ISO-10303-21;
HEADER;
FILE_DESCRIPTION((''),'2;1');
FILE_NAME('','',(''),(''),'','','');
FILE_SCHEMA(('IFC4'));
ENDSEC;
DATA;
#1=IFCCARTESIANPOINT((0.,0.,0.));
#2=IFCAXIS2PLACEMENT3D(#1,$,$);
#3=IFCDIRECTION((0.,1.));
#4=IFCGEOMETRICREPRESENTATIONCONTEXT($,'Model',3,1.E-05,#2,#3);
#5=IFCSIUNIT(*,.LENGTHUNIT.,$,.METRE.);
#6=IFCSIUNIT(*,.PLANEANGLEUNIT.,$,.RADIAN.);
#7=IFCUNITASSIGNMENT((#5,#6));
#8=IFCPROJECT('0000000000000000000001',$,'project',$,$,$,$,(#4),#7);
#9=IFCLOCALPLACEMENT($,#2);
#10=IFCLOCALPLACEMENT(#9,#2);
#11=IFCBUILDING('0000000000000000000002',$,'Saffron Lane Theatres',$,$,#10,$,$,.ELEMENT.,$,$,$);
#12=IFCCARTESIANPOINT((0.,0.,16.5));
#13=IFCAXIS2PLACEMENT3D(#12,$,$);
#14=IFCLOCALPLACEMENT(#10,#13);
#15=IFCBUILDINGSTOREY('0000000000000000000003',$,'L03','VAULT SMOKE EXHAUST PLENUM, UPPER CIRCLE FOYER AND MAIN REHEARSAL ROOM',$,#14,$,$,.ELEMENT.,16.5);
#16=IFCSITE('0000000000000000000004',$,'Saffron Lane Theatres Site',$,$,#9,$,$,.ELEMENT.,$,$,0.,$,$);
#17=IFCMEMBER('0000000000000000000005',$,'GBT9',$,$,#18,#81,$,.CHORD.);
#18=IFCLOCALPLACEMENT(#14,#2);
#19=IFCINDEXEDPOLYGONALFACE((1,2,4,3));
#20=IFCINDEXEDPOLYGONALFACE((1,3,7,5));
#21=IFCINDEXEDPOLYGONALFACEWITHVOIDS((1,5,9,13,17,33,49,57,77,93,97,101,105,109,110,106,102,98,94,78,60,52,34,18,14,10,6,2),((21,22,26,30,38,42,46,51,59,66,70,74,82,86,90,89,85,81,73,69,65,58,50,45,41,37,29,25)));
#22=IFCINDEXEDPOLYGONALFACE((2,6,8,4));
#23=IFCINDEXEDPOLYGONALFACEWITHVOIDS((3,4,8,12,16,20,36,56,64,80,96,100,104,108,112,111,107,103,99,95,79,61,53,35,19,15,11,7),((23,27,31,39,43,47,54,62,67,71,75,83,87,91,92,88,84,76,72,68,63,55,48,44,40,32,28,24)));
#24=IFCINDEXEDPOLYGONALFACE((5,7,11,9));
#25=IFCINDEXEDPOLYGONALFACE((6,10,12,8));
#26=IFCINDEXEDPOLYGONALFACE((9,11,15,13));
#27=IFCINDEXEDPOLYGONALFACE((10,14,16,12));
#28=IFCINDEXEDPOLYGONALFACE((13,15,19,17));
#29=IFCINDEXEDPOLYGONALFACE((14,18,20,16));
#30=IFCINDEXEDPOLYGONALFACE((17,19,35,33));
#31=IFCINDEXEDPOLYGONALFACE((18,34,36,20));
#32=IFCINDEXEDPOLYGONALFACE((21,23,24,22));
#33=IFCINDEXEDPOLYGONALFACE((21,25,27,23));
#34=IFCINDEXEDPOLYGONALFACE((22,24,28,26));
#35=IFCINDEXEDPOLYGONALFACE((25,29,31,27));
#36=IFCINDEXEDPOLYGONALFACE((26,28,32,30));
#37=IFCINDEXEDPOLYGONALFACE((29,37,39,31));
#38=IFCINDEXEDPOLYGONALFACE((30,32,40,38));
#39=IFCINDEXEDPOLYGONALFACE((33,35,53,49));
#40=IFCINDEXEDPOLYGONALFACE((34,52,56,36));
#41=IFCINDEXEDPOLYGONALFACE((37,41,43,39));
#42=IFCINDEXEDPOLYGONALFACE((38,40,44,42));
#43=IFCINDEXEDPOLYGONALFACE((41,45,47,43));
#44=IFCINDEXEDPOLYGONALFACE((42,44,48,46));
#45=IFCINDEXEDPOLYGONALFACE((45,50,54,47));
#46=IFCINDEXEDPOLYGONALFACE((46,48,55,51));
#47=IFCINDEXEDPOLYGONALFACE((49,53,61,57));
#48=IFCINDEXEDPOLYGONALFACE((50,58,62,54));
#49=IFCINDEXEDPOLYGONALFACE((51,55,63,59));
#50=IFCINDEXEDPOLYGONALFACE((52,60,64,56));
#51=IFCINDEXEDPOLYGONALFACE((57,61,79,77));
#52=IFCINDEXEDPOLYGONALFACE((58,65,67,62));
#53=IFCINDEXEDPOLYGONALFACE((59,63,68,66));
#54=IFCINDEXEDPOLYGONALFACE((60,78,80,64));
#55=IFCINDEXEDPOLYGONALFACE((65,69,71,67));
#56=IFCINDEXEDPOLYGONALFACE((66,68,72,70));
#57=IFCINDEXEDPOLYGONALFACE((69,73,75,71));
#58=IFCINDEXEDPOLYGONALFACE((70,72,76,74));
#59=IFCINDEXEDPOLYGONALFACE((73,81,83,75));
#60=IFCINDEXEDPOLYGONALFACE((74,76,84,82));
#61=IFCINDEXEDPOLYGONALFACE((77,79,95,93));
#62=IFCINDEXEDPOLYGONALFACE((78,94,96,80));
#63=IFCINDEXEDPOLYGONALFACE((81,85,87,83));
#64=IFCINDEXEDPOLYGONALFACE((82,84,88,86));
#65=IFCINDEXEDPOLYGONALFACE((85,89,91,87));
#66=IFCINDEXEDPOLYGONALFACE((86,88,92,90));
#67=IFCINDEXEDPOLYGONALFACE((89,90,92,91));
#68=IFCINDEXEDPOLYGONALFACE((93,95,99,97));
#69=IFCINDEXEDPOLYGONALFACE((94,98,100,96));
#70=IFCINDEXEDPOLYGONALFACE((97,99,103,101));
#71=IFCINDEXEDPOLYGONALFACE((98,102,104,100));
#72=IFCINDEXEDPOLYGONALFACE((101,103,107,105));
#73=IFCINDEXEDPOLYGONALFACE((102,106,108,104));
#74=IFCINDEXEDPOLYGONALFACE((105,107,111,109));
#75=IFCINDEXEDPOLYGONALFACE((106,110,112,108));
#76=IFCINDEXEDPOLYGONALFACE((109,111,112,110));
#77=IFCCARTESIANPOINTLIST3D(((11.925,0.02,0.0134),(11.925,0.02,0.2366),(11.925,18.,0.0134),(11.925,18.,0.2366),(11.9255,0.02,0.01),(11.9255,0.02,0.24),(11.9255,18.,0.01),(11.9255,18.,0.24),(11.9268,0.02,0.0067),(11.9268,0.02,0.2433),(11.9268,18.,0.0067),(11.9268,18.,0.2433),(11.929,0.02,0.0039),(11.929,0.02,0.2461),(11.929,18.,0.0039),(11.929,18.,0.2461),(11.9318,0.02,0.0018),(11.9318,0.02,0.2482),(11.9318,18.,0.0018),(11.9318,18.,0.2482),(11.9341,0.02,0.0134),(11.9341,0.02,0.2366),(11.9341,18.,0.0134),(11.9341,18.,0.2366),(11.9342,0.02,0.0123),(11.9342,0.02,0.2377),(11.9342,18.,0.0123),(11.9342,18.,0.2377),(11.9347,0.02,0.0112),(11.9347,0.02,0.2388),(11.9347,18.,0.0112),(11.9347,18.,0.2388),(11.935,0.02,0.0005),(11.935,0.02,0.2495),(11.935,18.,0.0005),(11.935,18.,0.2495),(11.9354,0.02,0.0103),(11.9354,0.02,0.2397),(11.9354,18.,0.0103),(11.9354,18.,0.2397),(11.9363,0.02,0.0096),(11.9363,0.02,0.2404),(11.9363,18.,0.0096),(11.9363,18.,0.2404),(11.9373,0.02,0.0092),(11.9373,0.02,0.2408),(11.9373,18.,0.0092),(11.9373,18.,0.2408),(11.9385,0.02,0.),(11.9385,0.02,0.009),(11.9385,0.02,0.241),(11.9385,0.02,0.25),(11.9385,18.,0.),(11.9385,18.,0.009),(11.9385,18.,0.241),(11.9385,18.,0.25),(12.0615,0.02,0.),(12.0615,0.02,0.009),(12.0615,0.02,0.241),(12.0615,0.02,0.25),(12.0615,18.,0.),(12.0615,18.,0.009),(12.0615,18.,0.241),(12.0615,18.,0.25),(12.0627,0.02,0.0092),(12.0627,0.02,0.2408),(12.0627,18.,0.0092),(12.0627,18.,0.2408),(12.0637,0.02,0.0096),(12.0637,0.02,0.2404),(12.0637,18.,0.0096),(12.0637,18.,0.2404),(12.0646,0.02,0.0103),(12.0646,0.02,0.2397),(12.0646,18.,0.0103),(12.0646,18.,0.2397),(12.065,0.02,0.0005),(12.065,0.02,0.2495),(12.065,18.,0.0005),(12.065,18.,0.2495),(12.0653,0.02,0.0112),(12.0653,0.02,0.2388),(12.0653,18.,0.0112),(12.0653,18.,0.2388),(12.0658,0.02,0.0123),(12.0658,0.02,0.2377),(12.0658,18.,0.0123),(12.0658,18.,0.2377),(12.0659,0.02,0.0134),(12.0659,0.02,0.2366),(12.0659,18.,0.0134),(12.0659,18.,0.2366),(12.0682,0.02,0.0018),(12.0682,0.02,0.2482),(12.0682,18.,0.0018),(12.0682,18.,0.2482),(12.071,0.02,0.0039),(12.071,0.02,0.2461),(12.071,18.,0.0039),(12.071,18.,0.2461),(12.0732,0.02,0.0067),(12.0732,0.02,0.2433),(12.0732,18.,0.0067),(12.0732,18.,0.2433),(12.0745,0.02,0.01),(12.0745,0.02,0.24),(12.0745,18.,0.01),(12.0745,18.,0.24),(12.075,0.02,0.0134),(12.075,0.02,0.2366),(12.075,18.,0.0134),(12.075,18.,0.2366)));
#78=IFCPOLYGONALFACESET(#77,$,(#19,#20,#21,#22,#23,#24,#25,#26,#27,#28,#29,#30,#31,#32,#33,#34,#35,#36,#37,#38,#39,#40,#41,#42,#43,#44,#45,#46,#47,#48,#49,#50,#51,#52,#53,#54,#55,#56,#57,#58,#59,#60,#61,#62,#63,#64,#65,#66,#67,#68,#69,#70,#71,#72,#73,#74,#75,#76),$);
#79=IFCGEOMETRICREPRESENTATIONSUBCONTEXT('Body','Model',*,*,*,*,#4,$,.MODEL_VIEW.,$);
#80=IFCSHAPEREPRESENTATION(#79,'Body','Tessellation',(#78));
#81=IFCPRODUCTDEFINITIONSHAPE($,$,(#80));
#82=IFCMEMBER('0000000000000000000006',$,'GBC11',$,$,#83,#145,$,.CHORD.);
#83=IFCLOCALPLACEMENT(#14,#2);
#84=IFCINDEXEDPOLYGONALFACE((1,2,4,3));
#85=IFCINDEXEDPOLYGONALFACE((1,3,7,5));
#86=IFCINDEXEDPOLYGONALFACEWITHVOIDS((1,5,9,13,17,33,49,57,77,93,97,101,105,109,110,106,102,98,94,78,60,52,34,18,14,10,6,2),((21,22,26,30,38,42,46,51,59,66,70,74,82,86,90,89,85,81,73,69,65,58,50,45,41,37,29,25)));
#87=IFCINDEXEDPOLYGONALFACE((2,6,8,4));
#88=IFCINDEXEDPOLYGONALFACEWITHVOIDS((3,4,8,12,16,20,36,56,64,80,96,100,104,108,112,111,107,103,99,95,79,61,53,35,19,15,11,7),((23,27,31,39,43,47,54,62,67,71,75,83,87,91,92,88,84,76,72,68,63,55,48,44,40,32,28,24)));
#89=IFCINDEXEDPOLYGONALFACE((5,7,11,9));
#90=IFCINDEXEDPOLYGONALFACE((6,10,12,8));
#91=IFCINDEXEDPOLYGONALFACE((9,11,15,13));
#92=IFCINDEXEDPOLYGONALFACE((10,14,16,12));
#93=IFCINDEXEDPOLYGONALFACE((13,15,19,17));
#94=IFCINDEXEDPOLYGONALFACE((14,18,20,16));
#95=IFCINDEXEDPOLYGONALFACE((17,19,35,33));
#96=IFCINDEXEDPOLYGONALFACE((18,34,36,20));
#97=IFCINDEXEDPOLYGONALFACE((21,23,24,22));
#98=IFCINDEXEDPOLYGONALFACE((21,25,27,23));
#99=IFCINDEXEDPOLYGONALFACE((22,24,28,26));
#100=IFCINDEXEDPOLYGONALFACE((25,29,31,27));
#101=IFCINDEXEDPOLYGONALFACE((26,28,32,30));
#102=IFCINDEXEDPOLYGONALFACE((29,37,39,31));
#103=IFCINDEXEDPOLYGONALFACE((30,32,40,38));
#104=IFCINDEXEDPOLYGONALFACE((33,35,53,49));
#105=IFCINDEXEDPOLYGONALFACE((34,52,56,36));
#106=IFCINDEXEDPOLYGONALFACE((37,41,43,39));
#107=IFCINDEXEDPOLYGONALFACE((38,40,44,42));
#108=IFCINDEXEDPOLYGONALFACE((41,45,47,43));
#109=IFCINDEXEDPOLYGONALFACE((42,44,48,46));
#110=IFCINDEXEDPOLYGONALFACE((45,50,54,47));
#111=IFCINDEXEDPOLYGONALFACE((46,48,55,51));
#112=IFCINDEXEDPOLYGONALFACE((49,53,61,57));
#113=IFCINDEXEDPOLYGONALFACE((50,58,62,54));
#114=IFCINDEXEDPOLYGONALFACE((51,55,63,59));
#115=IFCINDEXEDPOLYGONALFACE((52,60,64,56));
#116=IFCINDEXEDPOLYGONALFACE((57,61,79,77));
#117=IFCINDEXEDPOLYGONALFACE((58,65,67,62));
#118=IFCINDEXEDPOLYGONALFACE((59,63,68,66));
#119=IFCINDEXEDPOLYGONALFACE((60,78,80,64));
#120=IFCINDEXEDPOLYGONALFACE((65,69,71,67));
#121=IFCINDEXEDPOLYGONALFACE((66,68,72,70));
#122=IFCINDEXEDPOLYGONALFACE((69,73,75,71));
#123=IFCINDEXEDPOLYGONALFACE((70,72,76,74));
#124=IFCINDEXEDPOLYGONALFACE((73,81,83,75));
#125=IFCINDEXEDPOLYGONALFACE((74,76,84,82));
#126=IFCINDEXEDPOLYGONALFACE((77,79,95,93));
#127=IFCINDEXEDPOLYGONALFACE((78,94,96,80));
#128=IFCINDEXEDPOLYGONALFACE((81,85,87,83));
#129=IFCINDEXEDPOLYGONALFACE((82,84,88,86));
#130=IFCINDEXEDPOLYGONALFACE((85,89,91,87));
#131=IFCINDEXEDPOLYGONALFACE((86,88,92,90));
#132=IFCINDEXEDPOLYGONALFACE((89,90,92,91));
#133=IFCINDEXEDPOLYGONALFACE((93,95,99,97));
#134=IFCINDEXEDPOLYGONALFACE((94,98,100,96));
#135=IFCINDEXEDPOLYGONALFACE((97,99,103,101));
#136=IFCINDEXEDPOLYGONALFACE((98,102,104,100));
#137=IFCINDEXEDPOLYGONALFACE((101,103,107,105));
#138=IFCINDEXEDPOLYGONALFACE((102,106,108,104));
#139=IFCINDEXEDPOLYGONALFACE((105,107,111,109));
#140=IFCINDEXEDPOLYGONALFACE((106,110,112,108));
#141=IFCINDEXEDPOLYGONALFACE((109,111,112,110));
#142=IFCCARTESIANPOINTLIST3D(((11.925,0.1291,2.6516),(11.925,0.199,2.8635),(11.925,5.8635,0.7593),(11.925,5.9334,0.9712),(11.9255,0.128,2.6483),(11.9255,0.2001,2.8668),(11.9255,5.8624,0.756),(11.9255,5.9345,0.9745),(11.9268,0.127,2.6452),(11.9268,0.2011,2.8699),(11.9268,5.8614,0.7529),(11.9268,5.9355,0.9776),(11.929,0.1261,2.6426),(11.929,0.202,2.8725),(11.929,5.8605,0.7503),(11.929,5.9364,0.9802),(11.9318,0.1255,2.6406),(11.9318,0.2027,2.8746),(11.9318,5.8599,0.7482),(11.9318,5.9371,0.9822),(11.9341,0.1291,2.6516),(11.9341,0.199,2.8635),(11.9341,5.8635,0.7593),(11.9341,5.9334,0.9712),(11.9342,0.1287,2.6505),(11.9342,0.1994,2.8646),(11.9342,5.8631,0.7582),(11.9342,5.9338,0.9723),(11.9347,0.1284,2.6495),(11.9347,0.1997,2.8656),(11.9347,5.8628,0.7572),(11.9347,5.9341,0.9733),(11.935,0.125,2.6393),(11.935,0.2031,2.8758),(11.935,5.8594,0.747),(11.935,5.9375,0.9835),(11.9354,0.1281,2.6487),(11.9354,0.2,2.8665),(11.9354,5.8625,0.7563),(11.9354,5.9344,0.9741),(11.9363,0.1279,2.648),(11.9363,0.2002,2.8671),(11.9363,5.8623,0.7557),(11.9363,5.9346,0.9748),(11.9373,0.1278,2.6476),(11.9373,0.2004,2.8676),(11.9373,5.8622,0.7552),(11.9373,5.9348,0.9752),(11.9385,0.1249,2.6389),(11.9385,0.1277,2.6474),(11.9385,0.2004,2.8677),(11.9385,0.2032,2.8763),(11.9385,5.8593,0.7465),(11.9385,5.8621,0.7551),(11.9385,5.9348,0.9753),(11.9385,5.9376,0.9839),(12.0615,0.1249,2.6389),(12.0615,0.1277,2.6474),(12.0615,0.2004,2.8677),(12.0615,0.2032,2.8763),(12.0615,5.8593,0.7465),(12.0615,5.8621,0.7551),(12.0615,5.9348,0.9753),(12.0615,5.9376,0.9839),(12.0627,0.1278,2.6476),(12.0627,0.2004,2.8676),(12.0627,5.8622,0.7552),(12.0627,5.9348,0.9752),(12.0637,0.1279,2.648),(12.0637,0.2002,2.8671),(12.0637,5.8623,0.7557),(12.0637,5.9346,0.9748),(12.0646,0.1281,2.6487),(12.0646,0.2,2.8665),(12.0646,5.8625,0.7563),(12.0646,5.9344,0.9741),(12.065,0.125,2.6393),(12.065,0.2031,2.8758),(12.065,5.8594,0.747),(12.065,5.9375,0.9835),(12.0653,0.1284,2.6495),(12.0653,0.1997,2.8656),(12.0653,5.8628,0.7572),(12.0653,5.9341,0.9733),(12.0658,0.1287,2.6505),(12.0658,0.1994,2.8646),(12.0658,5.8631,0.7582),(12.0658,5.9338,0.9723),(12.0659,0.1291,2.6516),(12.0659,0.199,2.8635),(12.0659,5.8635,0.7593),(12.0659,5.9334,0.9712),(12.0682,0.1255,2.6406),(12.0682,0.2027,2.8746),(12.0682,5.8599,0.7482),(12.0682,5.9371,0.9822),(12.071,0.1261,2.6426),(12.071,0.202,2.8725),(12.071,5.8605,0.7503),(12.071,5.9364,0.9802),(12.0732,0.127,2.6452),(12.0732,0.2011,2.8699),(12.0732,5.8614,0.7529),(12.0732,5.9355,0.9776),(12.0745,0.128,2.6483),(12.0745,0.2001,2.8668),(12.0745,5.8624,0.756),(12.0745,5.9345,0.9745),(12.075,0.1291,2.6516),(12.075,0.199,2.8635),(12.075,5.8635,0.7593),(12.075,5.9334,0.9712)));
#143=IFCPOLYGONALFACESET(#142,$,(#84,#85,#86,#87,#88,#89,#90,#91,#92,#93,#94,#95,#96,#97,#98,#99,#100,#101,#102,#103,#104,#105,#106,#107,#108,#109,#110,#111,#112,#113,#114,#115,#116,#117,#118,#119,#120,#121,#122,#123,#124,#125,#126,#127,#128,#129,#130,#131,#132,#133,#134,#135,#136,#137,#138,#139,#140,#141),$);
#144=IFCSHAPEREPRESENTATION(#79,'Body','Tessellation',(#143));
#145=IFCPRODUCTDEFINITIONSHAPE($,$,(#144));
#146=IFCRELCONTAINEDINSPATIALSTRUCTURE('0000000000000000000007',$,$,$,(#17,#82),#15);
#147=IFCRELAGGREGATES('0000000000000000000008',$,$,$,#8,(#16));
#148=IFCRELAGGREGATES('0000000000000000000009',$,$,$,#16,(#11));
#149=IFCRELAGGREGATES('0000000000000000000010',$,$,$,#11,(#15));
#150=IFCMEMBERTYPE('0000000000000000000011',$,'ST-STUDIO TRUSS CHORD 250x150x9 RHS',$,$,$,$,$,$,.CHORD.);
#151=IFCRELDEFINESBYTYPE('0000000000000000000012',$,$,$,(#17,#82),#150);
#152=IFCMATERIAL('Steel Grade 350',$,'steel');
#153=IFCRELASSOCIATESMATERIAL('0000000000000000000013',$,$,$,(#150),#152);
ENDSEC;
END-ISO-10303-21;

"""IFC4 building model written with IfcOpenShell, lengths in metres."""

from ifc_helpers import new_model, si_unit, direction, frame, origin, origin_2d, place, context, subcontext, project, spatial, hollow_rectangle, extrude, material, material_profile, profile_set, type_object, element, save


model = new_model("IFC4")

# Units and contexts
model_context = context("Model", 3, precision=1e-05, world=origin(), true_north=direction((0.0, 1.0)))
body_context = subcontext(model_context, "Body", "Model", "MODEL_VIEW")
ifc_project = project(units=[si_unit("LENGTHUNIT", "METRE"), si_unit("PLANEANGLEUNIT", "RADIAN")], contexts=[model_context])

# Site, building, storey
site_placement = place(None, origin())
site = spatial("IfcSite", under=ifc_project, at=site_placement, Name="Saffron Lane Theatres Site", CompositionType="ELEMENT", RefElevation=0.0)
building_placement = place(site_placement, origin())
building = spatial("IfcBuilding", under=site, at=building_placement, Name="Saffron Lane Theatres", CompositionType="ELEMENT")
storey_placement = place(building_placement, frame((0.0, 0.0, 16.5)))
storey = spatial("IfcBuildingStorey", under=building, at=storey_placement, Name="L03", Description="VAULT SMOKE EXHAUST PLENUM, UPPER CIRCLE FOYER AND MAIN REHEARSAL ROOM", CompositionType="ELEMENT", Elevation=16.5)

# Members
ifc_material_1 = material(Name="Steel Grade 350", Category="steel")
ifc_material_profile_1 = material_profile(ifc_material_1, hollow_rectangle(XDim=0.1499, YDim=0.25, WallThickness=0.009, InnerFilletRadius=0.0044, OuterFilletRadius=0.0134, at=origin_2d()))
ifc_profile_set_1 = profile_set([ifc_material_profile_1], Name="Steel Grade 350")
member_type_1 = type_object("IfcMemberType", Name="ST-STUDIO TRUSS CHORD 250x150x9 RHS", PredefinedType="CHORD", material=ifc_profile_set_1)
member_1_placement = place(storey_placement, frame((12.0, 0.02, 0.125), z_axis=(0.0, 1.0, 0.0), x_axis=(-1.0, 0.0, 0.0)))
element("IfcMember", 1, at=member_1_placement, inside=storey, type_object=member_type_1, Name="GBT9", PredefinedType="CHORD", context=body_context, shape_type="SweptSolid", body=[
    extrude(hollow_rectangle(XDim=0.1499, YDim=0.25, WallThickness=0.009, InnerFilletRadius=0.0044, OuterFilletRadius=0.0134, at=origin_2d()), origin(), (0.0, 0.0, 1.0), 17.98),
])
member_2_placement = place(storey_placement, frame((12.0, 0.1641, 2.7576), z_axis=(0.0, 0.949629, -0.313376), x_axis=(-1.0, 0.0, 0.0)))
element("IfcMember", 2, at=member_2_placement, inside=storey, type_object=member_type_1, Name="GBC11", PredefinedType="CHORD", context=body_context, shape_type="SweptSolid", body=[
    extrude(hollow_rectangle(XDim=0.1499, YDim=0.25, WallThickness=0.009, InnerFilletRadius=0.0044, OuterFilletRadius=0.0134, at=origin_2d()), origin(), (0.0, 0.0, 1.0), 6.0386),
])

save(model, "model.ifc")
